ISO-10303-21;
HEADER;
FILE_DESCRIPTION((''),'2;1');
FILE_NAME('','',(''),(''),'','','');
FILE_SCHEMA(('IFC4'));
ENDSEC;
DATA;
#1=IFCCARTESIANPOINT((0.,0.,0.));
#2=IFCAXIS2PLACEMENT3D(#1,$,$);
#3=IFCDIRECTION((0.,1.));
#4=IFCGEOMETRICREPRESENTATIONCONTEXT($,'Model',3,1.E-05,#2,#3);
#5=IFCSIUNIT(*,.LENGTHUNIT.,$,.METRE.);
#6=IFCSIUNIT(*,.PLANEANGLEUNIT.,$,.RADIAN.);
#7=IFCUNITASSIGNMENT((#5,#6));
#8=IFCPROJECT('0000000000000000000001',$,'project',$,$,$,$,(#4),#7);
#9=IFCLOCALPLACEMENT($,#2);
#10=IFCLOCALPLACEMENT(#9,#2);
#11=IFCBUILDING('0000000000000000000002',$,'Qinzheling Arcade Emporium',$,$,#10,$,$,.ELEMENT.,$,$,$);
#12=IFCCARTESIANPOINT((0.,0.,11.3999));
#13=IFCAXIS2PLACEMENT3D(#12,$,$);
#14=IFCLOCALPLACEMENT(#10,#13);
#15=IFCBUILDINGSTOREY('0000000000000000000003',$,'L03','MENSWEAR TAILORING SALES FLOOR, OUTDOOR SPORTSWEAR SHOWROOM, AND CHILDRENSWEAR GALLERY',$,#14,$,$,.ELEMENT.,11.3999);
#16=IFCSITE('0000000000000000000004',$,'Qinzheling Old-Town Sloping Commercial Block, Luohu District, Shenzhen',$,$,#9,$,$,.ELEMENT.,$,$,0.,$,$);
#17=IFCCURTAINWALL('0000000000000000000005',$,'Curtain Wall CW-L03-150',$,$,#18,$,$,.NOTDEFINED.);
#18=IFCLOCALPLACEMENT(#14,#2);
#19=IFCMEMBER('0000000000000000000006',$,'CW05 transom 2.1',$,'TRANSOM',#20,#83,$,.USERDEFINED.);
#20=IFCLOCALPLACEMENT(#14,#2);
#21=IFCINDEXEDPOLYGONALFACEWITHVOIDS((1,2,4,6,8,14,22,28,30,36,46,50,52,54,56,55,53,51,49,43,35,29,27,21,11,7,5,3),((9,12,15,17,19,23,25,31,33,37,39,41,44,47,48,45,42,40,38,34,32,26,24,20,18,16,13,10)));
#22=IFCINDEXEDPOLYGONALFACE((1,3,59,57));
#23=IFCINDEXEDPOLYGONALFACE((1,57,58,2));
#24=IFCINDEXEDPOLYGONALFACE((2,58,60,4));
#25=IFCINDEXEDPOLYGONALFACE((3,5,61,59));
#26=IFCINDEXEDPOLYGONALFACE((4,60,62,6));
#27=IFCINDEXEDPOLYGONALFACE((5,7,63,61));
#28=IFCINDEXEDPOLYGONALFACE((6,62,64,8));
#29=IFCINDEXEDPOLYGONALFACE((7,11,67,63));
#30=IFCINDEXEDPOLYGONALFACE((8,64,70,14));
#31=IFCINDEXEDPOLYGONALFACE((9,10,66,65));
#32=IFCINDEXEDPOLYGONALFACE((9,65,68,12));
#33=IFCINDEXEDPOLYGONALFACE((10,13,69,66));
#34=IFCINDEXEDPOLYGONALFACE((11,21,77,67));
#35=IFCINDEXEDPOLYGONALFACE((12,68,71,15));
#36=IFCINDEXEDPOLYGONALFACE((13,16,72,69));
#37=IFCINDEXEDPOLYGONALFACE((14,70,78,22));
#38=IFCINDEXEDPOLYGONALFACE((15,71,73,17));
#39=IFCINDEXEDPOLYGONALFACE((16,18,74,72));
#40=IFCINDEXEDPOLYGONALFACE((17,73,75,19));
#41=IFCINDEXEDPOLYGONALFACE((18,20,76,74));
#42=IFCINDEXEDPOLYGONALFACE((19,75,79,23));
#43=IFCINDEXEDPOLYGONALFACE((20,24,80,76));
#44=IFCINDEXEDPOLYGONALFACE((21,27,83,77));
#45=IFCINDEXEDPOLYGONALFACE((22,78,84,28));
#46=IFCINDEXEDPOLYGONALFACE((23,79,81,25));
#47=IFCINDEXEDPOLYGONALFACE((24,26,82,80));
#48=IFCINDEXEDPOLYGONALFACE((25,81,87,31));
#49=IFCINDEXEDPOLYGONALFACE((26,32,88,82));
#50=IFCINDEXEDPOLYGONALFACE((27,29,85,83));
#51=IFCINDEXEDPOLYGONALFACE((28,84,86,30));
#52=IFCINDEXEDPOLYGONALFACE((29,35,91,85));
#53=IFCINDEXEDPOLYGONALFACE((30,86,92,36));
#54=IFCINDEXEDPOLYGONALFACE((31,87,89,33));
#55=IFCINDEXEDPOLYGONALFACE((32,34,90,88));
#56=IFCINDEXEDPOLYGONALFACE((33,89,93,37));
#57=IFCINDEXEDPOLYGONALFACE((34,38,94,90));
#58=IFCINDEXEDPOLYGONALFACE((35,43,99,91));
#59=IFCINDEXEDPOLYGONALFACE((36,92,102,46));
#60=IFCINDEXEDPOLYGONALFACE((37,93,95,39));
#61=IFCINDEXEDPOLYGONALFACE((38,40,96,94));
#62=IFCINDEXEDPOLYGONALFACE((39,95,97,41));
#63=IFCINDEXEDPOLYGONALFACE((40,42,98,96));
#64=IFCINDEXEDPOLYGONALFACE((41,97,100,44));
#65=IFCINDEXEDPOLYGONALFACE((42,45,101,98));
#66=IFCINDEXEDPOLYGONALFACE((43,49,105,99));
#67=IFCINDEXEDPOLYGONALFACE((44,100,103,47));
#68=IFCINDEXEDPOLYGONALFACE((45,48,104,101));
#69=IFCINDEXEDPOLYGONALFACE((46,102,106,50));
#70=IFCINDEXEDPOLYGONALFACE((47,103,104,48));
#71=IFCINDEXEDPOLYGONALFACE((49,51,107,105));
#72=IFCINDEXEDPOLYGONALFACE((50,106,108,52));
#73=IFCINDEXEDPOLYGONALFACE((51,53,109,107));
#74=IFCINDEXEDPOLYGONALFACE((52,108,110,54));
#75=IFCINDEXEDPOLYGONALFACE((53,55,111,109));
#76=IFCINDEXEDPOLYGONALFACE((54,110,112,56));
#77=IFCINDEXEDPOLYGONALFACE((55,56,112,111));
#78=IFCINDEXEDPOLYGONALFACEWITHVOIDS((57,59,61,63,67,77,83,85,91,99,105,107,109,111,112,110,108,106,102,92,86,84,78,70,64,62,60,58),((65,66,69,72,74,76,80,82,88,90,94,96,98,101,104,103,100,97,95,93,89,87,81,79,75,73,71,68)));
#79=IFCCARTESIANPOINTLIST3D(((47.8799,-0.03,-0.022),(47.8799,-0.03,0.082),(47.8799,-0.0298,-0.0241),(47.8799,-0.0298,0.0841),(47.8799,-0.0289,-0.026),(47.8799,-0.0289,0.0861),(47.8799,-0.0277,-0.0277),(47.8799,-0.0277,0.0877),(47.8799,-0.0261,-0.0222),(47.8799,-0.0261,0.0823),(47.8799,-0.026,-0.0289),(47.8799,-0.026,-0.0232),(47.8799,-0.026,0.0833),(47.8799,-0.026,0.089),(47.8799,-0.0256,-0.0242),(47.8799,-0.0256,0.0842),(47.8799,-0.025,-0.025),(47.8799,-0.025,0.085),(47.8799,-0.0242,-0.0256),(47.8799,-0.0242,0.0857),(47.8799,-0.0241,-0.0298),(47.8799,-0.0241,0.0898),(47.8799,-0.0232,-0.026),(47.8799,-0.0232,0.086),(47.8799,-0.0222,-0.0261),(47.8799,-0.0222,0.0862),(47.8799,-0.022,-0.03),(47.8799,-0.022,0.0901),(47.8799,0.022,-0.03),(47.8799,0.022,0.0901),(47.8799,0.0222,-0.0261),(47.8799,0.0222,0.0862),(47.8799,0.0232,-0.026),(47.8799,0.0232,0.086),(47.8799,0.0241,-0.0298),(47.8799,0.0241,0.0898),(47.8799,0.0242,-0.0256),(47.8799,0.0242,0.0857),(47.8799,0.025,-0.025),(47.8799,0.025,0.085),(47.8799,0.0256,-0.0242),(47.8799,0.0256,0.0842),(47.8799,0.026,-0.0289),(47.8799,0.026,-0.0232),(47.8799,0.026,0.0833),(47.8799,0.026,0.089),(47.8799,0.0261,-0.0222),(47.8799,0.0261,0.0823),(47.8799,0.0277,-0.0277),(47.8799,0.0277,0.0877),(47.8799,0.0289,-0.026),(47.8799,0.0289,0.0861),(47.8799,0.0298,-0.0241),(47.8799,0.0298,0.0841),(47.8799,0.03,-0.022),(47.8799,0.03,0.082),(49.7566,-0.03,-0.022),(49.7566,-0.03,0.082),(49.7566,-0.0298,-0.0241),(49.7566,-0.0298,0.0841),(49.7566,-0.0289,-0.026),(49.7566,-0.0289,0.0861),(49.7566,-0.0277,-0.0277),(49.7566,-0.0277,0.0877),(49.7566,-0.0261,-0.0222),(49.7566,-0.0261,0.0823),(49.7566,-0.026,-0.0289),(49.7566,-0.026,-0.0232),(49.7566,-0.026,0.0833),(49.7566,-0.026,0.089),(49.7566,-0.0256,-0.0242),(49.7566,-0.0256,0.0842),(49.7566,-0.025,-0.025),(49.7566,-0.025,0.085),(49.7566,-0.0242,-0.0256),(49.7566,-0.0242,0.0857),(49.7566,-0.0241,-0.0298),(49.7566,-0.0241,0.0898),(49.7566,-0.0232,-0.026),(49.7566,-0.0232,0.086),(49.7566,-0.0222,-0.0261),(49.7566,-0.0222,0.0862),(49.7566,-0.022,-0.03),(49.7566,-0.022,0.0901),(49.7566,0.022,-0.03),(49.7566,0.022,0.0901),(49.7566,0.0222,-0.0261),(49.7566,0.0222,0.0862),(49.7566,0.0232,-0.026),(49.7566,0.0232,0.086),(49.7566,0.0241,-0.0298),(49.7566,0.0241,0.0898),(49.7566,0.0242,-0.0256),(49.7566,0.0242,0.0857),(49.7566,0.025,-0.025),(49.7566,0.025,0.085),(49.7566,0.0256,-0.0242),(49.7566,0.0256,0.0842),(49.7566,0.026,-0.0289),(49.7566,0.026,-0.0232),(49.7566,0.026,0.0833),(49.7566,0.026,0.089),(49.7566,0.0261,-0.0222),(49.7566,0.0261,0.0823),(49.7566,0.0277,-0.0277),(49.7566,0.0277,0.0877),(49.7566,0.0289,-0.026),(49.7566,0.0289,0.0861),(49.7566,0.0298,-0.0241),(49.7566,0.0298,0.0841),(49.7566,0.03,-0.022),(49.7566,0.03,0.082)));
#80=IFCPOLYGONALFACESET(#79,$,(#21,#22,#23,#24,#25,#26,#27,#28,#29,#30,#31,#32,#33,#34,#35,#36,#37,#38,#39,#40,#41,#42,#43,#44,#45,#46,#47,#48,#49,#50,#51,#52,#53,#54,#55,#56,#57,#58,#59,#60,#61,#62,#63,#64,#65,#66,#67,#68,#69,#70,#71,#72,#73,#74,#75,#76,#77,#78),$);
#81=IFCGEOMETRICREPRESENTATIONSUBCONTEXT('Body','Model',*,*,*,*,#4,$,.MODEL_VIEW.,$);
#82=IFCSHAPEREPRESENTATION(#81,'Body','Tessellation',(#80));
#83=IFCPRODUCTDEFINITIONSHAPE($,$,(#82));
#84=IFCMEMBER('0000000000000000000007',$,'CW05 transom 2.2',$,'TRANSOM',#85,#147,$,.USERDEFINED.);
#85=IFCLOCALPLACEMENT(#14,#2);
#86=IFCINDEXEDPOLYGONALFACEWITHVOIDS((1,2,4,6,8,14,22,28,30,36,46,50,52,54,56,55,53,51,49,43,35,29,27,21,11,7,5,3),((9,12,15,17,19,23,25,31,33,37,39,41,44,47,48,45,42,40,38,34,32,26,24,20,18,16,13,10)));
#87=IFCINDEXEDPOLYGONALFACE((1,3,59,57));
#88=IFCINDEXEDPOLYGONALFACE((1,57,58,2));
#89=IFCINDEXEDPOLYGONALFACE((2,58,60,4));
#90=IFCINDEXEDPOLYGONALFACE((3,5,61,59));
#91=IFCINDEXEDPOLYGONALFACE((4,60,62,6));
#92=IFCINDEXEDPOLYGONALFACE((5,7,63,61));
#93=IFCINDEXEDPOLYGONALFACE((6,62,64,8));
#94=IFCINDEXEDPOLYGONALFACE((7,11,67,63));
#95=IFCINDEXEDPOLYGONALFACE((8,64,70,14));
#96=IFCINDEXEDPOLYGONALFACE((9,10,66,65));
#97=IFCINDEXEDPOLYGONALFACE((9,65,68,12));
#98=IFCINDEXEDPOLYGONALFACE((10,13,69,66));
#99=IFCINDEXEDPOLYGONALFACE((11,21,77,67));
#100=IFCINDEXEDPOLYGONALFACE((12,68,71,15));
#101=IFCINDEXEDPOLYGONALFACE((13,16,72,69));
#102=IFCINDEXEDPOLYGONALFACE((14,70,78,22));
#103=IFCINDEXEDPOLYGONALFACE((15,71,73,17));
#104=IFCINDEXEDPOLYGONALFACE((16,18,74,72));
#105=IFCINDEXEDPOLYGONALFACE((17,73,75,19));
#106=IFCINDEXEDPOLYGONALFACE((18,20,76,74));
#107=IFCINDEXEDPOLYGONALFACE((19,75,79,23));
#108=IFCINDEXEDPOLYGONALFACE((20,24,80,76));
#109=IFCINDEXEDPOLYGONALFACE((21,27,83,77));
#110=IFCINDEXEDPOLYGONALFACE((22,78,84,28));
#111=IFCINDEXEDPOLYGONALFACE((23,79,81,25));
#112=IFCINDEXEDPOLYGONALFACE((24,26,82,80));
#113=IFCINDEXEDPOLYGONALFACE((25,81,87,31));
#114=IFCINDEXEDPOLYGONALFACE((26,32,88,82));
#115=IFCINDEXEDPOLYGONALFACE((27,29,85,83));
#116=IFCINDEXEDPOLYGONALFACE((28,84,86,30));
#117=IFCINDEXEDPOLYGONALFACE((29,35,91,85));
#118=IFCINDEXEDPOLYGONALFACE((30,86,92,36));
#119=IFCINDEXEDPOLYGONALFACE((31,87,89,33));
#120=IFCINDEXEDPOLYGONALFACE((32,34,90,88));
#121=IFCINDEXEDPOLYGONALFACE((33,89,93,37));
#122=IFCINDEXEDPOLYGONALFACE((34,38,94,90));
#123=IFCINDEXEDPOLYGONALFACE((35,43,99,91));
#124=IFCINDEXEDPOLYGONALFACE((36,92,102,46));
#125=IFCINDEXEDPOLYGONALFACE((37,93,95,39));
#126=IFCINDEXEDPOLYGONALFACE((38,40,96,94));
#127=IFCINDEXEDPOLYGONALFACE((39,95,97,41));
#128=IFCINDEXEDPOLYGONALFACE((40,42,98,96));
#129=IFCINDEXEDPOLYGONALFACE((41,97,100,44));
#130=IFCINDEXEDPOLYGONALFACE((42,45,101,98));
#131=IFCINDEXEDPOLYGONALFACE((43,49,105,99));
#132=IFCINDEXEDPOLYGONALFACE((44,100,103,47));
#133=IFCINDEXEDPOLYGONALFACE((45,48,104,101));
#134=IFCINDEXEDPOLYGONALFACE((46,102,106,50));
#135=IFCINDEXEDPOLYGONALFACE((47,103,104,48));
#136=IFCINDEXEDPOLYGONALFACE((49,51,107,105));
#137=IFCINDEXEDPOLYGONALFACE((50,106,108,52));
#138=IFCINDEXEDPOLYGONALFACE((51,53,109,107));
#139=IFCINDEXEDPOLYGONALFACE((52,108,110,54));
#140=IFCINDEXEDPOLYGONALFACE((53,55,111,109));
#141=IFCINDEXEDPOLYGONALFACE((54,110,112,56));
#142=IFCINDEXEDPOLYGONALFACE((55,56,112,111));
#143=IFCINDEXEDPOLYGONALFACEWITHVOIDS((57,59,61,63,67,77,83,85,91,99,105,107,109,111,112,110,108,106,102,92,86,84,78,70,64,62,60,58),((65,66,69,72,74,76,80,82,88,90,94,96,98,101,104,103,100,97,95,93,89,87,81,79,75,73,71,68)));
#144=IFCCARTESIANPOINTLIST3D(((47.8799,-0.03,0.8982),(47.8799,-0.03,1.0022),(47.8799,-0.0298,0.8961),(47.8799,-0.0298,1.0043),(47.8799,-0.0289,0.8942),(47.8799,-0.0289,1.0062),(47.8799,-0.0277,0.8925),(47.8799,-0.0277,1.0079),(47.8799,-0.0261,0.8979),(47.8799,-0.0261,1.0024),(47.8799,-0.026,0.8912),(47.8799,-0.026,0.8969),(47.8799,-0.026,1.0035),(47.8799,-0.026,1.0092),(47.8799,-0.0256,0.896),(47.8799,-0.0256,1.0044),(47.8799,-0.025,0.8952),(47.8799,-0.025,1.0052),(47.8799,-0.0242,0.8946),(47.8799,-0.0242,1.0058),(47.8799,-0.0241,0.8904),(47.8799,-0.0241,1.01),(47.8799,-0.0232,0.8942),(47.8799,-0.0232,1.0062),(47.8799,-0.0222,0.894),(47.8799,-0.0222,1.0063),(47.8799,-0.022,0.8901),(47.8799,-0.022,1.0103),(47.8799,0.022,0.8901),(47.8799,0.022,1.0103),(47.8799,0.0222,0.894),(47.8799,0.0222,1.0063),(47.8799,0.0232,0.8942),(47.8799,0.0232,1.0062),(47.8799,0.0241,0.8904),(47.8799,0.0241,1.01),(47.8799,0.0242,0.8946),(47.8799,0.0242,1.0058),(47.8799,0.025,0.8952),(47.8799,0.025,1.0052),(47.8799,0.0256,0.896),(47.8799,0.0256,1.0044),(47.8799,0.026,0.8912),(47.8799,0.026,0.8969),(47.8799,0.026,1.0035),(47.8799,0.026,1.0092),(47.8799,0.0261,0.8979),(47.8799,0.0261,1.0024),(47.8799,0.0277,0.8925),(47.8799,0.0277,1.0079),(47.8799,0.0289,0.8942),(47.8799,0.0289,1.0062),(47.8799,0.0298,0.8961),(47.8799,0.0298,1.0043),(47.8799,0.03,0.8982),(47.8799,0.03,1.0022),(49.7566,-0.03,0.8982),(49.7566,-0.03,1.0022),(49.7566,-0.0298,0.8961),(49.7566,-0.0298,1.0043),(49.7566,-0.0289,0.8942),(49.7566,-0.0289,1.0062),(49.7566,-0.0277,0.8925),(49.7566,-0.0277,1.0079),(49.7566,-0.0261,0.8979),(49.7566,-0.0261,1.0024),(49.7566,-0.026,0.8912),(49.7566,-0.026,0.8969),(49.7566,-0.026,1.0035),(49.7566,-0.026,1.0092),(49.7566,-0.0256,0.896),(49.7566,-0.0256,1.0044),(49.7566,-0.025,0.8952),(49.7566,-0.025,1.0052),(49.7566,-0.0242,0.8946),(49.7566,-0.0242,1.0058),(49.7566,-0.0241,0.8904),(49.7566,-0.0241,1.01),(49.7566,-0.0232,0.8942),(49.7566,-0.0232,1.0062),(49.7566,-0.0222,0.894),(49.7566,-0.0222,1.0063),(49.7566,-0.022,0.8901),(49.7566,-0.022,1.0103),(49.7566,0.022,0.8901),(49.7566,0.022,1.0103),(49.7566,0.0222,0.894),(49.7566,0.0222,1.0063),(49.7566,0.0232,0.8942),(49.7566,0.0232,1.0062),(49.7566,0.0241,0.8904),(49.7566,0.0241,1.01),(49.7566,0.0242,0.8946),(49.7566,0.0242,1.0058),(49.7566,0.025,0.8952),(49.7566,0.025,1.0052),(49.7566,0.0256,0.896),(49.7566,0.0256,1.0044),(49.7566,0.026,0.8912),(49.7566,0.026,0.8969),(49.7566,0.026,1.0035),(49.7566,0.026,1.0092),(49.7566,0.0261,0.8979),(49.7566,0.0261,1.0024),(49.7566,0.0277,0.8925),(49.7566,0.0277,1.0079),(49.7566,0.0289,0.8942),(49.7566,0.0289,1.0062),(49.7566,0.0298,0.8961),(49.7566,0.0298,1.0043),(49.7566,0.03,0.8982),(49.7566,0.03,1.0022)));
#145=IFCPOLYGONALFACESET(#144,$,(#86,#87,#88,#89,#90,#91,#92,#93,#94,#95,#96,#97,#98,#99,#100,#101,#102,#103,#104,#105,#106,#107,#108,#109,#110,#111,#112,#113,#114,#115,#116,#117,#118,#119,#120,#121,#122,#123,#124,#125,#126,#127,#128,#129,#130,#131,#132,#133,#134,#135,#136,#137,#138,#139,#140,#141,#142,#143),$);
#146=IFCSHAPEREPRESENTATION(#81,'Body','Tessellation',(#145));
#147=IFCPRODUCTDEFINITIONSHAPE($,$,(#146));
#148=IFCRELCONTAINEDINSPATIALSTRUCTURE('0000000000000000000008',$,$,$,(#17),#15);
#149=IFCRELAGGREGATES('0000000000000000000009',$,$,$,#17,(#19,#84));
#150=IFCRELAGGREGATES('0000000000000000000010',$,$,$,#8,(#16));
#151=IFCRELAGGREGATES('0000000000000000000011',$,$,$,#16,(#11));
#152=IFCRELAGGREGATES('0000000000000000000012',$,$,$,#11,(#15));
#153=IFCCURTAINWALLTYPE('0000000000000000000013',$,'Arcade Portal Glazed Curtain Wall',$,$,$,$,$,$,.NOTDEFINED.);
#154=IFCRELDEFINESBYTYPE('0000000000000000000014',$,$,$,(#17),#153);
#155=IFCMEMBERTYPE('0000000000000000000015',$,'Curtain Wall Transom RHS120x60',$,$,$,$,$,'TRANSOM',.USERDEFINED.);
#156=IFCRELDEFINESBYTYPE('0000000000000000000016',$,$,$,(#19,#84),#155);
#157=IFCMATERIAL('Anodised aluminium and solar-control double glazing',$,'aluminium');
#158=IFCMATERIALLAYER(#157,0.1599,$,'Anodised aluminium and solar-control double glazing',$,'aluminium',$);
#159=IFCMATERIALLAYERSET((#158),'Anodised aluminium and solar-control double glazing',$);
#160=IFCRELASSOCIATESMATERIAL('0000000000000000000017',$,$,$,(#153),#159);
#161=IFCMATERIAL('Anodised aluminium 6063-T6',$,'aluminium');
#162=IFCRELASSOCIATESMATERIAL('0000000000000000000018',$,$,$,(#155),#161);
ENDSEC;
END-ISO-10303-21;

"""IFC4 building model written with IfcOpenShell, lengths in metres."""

from ifc_helpers import new_model, si_unit, direction, frame, origin, origin_2d, place, context, subcontext, project, spatial, hollow_rectangle, extrude, material, layer, layer_set, material_profile, profile_set, type_object, element, aggregate, save


model = new_model("IFC4")

# Units and contexts
model_context = context("Model", 3, precision=1e-05, world=origin(), true_north=direction((0.0, 1.0)))
body_context = subcontext(model_context, "Body", "Model", "MODEL_VIEW")
ifc_project = project(units=[si_unit("LENGTHUNIT", "METRE"), si_unit("PLANEANGLEUNIT", "RADIAN")], contexts=[model_context])

# Site, building, storey
site_placement = place(None, origin())
site = spatial("IfcSite", under=ifc_project, at=site_placement, Name="Qinzheling Old-Town Sloping Commercial Block, Luohu District, Shenzhen", CompositionType="ELEMENT", RefElevation=0.0)
building_placement = place(site_placement, origin())
building = spatial("IfcBuilding", under=site, at=building_placement, Name="Qinzheling Arcade Emporium", CompositionType="ELEMENT")
storey_placement = place(building_placement, frame((0.0, 0.0, 11.3999)))
storey = spatial("IfcBuildingStorey", under=building, at=storey_placement, Name="L03", Description="MENSWEAR TAILORING SALES FLOOR, OUTDOOR SPORTSWEAR SHOWROOM, AND CHILDRENSWEAR GALLERY", CompositionType="ELEMENT", Elevation=11.3999)

# Curtain wall, members
ifc_material_1 = material(Name="Anodised aluminium and solar-control double glazing", Category="aluminium")
ifc_layer_1 = layer(ifc_material_1, 0.1599, Name="Anodised aluminium and solar-control double glazing", Category="aluminium")
ifc_layer_set_1 = layer_set([ifc_layer_1], Name="Anodised aluminium and solar-control double glazing")
curtain_wall_type = type_object("IfcCurtainWallType", Name="Arcade Portal Glazed Curtain Wall", PredefinedType="NOTDEFINED", material=ifc_layer_set_1)
curtain_wall_placement = place(storey_placement, origin())
curtain_wall = element("IfcCurtainWall", 1, at=curtain_wall_placement, inside=storey, type_object=curtain_wall_type, Name="Curtain Wall CW-L03-150", PredefinedType="NOTDEFINED")
ifc_material_2 = material(Name="Anodised aluminium 6063-T6", Category="aluminium")
ifc_material_profile_1 = material_profile(ifc_material_2, hollow_rectangle(XDim=0.0601, YDim=0.1201, WallThickness=0.0039, InnerFilletRadius=0.0039, OuterFilletRadius=0.0081, at=origin_2d()), Name="RHS 120x60x4", Category="aluminium")
ifc_profile_set_1 = profile_set([ifc_material_profile_1], Name="Anodised aluminium 6063-T6")
member_type_1 = type_object("IfcMemberType", Name="Curtain Wall Transom RHS120x60", ElementType="TRANSOM", PredefinedType="USERDEFINED", material=ifc_profile_set_1)
member_1_placement = place(storey_placement, frame((49.7566, 0.0, 0.03), z_axis=(-1.0, 0.0, 0.0), x_axis=(0.0, -1.0, 0.0)))
member_1 = element("IfcMember", 2, at=member_1_placement, type_object=member_type_1, Name="CW05 transom 2.1", ObjectType="TRANSOM", PredefinedType="USERDEFINED", context=body_context, shape_type="SweptSolid", body=[
    extrude(hollow_rectangle(XDim=0.0601, YDim=0.1201, WallThickness=0.0039, InnerFilletRadius=0.0039, OuterFilletRadius=0.0081, at=origin_2d()), origin(), (0.0, 0.0, 1.0), 1.8767),
])
member_2_placement = place(storey_placement, frame((49.7566, 0.0, 0.9502), z_axis=(-1.0, 0.0, 0.0), x_axis=(0.0, -1.0, 0.0)))
member_2 = element("IfcMember", 3, at=member_2_placement, type_object=member_type_1, Name="CW05 transom 2.2", ObjectType="TRANSOM", PredefinedType="USERDEFINED", context=body_context, shape_type="SweptSolid", body=[
    extrude(hollow_rectangle(XDim=0.0601, YDim=0.1201, WallThickness=0.0039, InnerFilletRadius=0.0039, OuterFilletRadius=0.0081, at=origin_2d()), origin(), (0.0, 0.0, 1.0), 1.8767),
])

aggregate(curtain_wall, [member_1, member_2])

save(model, "model.ifc")
